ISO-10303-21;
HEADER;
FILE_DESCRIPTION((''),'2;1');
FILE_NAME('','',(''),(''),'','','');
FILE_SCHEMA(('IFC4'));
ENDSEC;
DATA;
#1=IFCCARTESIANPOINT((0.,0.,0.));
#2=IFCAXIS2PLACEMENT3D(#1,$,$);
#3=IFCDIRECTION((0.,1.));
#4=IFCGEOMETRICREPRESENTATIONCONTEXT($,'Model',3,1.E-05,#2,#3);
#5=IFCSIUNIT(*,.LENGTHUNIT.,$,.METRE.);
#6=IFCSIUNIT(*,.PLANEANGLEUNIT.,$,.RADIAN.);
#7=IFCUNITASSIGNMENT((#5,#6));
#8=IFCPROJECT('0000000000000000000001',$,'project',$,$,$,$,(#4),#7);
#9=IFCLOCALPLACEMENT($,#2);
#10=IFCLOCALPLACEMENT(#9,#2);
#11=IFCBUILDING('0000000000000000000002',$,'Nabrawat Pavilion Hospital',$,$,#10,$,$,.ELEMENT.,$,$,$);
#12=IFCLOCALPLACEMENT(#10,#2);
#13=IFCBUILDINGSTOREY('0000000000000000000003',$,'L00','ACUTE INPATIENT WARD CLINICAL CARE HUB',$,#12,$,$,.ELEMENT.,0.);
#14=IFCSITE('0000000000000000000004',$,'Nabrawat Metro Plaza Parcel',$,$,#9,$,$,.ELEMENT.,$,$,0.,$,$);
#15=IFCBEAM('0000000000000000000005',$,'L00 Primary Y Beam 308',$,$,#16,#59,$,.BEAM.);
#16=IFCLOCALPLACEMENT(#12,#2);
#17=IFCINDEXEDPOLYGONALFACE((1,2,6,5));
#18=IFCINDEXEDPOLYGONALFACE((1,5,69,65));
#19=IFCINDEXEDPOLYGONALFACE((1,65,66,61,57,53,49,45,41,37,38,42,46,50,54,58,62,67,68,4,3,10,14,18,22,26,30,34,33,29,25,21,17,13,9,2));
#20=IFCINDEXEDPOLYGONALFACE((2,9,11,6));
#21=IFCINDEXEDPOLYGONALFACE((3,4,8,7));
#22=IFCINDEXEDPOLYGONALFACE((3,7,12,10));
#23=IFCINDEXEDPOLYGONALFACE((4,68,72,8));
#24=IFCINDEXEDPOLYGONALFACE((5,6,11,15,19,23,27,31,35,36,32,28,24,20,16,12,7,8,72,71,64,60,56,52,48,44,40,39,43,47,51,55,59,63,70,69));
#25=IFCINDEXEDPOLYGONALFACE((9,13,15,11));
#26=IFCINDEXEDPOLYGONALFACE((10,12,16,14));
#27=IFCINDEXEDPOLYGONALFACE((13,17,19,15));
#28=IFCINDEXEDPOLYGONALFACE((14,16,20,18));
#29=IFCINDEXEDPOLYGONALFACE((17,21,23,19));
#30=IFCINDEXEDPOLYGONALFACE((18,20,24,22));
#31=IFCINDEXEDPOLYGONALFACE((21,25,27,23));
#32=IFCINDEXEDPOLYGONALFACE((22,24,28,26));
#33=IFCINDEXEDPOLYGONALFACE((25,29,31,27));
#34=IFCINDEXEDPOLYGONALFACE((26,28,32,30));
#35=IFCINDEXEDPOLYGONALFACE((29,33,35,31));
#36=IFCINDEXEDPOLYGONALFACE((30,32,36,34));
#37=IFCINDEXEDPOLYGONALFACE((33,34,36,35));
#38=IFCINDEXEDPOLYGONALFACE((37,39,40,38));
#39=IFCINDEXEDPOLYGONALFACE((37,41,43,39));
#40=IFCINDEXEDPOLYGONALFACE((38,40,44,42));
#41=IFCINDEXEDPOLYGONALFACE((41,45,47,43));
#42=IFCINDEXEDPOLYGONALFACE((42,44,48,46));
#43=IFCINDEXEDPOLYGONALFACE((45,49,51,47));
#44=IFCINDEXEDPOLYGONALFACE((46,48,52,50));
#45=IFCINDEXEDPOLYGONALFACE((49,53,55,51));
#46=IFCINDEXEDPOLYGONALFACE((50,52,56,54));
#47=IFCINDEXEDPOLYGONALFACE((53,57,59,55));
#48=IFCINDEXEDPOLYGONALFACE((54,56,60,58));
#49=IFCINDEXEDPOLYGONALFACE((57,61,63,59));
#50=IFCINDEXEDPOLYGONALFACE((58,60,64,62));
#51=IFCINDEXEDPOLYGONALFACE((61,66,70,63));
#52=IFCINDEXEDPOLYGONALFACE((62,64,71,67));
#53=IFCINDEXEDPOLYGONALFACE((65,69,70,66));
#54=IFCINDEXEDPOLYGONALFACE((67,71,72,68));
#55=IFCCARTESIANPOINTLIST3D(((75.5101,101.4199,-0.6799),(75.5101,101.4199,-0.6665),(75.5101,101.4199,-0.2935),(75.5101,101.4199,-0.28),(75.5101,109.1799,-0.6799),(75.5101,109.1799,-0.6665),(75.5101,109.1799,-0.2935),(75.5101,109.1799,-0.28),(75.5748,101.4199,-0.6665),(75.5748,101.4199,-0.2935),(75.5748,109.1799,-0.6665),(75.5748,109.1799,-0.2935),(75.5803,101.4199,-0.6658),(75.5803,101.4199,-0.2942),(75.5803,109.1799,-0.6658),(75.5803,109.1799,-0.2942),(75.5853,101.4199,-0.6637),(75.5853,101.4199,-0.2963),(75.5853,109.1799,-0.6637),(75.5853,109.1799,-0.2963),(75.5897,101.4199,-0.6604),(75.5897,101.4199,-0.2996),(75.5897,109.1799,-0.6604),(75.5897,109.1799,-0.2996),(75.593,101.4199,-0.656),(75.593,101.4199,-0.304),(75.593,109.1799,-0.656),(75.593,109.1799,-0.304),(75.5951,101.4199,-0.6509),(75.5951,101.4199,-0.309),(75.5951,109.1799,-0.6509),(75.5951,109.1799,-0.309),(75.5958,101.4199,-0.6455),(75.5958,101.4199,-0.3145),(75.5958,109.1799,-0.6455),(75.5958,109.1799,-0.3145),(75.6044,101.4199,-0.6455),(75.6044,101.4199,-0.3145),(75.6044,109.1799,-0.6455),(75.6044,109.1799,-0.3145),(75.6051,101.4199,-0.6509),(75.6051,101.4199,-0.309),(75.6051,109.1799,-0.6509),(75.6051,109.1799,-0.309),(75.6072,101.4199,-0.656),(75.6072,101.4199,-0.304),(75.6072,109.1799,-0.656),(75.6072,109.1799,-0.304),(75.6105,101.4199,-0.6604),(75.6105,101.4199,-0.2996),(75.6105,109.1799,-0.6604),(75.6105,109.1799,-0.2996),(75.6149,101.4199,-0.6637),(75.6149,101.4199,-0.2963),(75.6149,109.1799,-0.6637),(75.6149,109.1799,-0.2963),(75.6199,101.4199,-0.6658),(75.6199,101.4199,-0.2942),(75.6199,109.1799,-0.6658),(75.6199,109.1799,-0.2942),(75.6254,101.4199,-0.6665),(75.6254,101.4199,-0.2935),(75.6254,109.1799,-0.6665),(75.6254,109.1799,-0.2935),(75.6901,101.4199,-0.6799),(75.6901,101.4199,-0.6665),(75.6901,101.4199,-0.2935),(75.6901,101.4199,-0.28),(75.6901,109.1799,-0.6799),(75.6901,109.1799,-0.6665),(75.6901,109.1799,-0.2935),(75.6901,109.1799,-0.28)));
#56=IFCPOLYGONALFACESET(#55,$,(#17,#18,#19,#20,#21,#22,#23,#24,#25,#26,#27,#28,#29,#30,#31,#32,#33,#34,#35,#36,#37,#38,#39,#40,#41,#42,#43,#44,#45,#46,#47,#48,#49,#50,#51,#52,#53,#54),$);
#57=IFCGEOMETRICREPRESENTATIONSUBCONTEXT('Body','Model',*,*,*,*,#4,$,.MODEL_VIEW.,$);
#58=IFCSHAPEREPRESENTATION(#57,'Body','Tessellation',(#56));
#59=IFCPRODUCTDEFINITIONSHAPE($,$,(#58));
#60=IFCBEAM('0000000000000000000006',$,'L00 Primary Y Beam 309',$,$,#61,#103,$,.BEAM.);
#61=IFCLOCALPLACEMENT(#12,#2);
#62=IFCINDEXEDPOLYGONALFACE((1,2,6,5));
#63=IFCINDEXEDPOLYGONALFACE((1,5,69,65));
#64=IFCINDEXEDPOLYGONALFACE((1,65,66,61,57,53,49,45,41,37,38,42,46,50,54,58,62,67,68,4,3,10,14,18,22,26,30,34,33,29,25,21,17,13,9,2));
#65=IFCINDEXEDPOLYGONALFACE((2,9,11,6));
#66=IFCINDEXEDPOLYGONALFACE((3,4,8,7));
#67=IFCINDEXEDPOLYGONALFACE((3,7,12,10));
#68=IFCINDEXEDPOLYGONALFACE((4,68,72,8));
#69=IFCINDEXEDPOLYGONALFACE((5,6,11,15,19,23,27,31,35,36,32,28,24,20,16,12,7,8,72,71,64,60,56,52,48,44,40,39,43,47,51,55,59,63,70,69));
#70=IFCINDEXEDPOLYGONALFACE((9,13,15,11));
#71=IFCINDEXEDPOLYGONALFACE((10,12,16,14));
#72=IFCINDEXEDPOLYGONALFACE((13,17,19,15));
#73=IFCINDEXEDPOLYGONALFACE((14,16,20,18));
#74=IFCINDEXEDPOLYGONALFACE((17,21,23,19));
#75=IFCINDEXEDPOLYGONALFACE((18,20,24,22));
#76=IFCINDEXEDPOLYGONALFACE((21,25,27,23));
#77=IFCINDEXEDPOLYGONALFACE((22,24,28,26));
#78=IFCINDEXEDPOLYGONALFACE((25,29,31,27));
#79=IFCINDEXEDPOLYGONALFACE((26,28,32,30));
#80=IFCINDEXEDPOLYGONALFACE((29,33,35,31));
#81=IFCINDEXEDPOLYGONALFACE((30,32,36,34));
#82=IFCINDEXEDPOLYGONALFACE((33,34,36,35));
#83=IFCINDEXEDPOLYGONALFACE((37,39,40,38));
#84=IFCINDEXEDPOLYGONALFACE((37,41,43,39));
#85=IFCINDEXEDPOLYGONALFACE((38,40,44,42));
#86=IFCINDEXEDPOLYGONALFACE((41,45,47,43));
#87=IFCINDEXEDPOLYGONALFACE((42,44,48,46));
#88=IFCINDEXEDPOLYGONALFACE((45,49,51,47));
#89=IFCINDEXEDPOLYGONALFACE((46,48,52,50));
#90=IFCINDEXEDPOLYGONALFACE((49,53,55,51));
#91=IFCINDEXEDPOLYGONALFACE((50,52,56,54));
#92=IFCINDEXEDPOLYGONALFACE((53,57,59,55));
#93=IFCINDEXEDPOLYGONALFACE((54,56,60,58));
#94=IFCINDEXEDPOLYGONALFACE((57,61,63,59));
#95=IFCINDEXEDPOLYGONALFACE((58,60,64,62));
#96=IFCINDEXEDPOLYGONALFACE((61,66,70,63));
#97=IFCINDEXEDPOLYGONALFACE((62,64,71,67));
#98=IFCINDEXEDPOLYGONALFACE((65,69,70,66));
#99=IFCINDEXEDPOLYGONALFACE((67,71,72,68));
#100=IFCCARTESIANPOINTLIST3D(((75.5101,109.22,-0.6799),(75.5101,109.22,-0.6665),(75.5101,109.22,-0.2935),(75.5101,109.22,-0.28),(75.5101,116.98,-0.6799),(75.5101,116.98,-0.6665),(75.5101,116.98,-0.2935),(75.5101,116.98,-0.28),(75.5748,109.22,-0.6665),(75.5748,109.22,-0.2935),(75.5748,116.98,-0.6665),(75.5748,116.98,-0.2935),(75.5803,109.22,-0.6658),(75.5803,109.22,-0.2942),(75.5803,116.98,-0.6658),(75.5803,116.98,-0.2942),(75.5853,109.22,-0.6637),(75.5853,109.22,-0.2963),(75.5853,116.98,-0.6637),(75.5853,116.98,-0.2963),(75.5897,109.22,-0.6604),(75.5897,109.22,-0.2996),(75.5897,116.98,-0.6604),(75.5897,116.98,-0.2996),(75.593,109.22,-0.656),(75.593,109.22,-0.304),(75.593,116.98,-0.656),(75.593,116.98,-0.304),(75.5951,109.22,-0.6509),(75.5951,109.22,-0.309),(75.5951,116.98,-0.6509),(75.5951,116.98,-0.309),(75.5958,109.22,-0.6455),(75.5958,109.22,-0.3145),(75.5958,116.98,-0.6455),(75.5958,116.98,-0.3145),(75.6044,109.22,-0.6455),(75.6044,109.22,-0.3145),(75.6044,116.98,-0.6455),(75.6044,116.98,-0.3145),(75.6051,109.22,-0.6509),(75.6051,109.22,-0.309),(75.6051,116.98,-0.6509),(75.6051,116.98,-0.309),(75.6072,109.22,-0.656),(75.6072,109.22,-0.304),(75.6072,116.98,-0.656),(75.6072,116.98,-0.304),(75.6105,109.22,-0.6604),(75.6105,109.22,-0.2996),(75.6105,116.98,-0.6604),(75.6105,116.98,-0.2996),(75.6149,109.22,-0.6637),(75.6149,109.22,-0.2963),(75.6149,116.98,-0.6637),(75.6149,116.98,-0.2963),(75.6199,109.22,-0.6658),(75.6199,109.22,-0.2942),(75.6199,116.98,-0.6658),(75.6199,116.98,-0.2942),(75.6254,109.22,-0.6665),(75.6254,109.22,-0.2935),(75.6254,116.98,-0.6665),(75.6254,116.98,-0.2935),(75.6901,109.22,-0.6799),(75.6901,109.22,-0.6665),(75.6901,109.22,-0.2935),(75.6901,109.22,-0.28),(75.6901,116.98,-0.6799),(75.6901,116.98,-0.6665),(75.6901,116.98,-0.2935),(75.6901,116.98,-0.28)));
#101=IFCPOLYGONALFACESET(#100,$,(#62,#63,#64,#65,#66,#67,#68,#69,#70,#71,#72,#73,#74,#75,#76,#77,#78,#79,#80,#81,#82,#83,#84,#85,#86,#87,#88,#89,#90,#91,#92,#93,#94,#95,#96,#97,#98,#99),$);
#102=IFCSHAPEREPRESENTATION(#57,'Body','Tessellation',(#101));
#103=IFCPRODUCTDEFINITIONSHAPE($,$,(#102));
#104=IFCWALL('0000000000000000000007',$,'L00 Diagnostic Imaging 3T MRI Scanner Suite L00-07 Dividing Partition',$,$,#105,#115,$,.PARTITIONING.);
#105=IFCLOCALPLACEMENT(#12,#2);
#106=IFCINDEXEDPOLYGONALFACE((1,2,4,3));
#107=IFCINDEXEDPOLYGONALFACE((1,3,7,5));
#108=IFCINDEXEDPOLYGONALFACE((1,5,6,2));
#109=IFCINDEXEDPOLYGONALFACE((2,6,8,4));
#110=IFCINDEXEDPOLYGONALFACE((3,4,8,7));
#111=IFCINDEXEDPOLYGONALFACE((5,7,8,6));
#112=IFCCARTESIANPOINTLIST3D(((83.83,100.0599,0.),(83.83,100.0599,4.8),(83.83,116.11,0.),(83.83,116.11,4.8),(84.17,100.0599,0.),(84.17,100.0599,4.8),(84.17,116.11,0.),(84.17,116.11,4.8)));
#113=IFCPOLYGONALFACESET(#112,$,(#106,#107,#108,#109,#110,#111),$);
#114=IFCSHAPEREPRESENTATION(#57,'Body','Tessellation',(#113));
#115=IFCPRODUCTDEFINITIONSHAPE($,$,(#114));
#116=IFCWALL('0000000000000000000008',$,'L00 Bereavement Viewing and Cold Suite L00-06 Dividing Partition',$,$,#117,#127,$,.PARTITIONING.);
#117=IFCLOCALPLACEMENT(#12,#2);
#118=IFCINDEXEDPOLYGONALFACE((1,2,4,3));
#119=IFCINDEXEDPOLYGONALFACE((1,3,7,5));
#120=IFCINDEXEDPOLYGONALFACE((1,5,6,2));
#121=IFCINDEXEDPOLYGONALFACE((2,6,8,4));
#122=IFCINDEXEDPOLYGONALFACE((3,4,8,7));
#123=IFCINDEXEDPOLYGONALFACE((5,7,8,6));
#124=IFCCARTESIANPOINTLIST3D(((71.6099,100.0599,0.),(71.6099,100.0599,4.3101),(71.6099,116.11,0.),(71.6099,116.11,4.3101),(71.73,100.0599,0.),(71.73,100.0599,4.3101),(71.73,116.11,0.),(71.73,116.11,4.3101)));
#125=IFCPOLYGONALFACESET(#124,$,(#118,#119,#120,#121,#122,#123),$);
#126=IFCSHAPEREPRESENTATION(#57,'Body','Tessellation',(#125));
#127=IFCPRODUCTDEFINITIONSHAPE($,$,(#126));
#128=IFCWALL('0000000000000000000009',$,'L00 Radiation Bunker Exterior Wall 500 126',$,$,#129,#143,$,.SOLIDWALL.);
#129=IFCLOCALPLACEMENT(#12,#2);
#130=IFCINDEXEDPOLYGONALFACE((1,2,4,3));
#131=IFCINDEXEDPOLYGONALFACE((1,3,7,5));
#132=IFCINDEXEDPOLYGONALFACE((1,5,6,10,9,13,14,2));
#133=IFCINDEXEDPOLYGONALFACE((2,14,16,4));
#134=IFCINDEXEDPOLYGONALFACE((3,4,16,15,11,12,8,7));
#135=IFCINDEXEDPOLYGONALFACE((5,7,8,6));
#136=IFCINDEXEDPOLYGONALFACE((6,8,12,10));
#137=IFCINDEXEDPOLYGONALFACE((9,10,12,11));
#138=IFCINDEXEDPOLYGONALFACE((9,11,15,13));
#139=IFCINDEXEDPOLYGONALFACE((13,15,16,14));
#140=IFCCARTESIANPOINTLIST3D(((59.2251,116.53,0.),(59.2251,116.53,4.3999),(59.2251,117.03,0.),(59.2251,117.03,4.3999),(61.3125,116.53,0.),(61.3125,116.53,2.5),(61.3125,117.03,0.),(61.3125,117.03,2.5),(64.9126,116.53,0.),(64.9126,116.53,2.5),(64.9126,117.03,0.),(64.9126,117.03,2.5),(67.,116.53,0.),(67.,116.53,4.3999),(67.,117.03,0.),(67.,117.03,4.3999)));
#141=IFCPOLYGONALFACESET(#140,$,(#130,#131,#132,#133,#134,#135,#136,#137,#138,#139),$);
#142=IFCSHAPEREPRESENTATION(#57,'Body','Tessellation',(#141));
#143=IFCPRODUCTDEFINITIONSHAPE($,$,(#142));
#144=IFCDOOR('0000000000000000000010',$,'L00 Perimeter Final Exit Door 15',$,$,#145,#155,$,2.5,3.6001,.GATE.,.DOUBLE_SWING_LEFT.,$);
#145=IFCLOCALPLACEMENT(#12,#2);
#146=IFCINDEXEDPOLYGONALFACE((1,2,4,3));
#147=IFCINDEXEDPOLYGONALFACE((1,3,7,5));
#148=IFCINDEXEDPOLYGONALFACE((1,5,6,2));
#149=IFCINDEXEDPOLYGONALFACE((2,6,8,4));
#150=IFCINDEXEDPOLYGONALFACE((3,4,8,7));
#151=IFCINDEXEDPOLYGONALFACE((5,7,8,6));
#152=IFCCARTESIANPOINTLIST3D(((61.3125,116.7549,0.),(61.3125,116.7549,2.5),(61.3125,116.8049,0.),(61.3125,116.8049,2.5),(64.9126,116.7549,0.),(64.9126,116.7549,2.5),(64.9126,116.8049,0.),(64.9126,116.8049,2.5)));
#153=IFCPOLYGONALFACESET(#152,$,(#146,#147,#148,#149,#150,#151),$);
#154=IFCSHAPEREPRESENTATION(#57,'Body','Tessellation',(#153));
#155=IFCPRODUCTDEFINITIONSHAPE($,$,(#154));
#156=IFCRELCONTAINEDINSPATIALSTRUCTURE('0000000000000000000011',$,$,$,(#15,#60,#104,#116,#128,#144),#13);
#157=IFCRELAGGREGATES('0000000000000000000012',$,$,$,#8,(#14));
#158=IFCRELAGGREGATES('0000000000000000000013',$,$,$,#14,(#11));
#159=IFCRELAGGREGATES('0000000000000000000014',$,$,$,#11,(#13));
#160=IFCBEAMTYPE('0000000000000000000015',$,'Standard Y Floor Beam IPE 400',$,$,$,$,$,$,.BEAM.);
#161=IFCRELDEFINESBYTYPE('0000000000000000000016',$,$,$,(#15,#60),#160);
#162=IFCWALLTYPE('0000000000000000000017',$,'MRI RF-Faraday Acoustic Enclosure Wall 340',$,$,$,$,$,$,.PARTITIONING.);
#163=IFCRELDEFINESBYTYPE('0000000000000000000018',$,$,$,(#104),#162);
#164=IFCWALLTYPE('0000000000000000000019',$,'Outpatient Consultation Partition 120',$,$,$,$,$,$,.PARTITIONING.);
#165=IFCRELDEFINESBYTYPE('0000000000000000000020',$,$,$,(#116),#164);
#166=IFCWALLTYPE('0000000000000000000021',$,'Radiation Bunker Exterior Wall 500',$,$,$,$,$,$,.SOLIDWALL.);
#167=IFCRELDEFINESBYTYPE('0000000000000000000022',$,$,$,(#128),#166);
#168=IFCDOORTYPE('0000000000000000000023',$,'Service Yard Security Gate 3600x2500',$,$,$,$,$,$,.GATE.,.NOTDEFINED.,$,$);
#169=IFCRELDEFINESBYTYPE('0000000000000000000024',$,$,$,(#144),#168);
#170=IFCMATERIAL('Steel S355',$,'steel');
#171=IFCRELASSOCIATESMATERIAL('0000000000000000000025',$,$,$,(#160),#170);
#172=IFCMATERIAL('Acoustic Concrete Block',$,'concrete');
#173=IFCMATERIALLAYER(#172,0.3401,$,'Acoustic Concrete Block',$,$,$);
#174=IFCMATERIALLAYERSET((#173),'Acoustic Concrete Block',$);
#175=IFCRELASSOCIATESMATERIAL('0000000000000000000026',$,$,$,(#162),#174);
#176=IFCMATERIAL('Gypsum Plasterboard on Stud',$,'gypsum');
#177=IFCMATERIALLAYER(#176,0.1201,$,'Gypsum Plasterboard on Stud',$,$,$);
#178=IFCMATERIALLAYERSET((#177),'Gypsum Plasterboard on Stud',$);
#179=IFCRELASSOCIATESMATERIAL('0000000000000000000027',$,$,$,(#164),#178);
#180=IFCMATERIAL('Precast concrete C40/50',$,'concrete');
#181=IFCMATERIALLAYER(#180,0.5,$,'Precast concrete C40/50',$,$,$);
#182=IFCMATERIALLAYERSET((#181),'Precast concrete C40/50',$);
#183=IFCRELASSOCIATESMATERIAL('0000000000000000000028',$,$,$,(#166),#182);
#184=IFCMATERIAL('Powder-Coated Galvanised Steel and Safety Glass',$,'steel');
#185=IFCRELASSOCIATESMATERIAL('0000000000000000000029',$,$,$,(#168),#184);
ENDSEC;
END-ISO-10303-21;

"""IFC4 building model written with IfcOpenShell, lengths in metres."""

from ifc_helpers import new_model, si_unit, direction, frame, frame_2d, origin, origin_2d, place, context, subcontext, project, spatial, rectangle, i_section, extrude, material, layer, layer_set, material_profile, profile_set, type_object, element, fill, save


model = new_model("IFC4")

# Units and contexts
model_context = context("Model", 3, precision=1e-05, world=origin(), true_north=direction((0.0, 1.0)))
body_context = subcontext(model_context, "Body", "Model", "MODEL_VIEW")
ifc_project = project(units=[si_unit("LENGTHUNIT", "METRE"), si_unit("PLANEANGLEUNIT", "RADIAN")], contexts=[model_context])

# Site, building, storey
site_placement = place(None, origin())
site = spatial("IfcSite", under=ifc_project, at=site_placement, Name="Nabrawat Metro Plaza Parcel", CompositionType="ELEMENT", RefElevation=0.0)
building_placement = place(site_placement, origin())
building = spatial("IfcBuilding", under=site, at=building_placement, Name="Nabrawat Pavilion Hospital", CompositionType="ELEMENT")
storey_placement = place(building_placement, origin())
storey = spatial("IfcBuildingStorey", under=building, at=storey_placement, Name="L00", Description="ACUTE INPATIENT WARD CLINICAL CARE HUB", CompositionType="ELEMENT", Elevation=0.0)

# Shared definitions
ifc_material_1 = material(Name="Steel S355", Category="steel")

# Beams
ifc_material_profile_1 = material_profile(ifc_material_1, i_section(OverallWidth=0.1799, OverallDepth=0.3999, WebThickness=0.0085, FlangeThickness=0.0134, FilletRadius=0.021, at=origin_2d()), Name="IPE 400")
ifc_profile_set_1 = profile_set([ifc_material_profile_1], Name="Steel S355")
beam_type_1 = type_object("IfcBeamType", Name="Standard Y Floor Beam IPE 400", PredefinedType="BEAM", material=ifc_profile_set_1)
for number, where, z_axis, x_axis, name in (
    (1, (75.6001, 101.4199, -0.48), (0.0, 1.0, 0.0), (-1.0, 0.0, 0.0), "L00 Primary Y Beam 308"),
    (2, (75.6001, 109.22, -0.48), (0.0, 1.0, 0.0), (-1.0, 0.0, 0.0), "L00 Primary Y Beam 309"),
):
    element("IfcBeam", number, at=place(storey_placement, frame(where, z_axis=z_axis, x_axis=x_axis)), inside=storey, type_object=beam_type_1, Name=name, PredefinedType="BEAM", context=body_context, shape_type="SweptSolid", body=[
        extrude(i_section(OverallWidth=0.1799, OverallDepth=0.3999, WebThickness=0.0085, FlangeThickness=0.0134, FilletRadius=0.021, at=origin_2d()), origin(), (0.0, 0.0, 1.0), 7.76),
    ])

# Walls
ifc_material_2 = material(Name="Acoustic Concrete Block", Category="concrete")
ifc_layer_1 = layer(ifc_material_2, 0.3401, Name="Acoustic Concrete Block")
ifc_layer_set_1 = layer_set([ifc_layer_1], Name="Acoustic Concrete Block")
wall_type_1 = type_object("IfcWallType", Name="MRI RF-Faraday Acoustic Enclosure Wall 340", PredefinedType="PARTITIONING", material=ifc_layer_set_1)
wall_1_placement = place(storey_placement, frame((84.0, 100.0601, 0.0), z_axis=(0.0, 0.0, 1.0), x_axis=(0.0, 1.0, 0.0)))
element("IfcWall", 3, at=wall_1_placement, inside=storey, type_object=wall_type_1, Name="L00 Diagnostic Imaging 3T MRI Scanner Suite L00-07 Dividing Partition", PredefinedType="PARTITIONING", context=body_context, shape_type="SweptSolid", body=[
    extrude(rectangle(XDim=16.05, YDim=0.3401, at=frame_2d((8.0249, 0.0))), origin(), (0.0, 0.0, 1.0), 4.8),
])
ifc_material_3 = material(Name="Gypsum Plasterboard on Stud", Category="gypsum")
ifc_layer_2 = layer(ifc_material_3, 0.1201, Name="Gypsum Plasterboard on Stud")
ifc_layer_set_2 = layer_set([ifc_layer_2], Name="Gypsum Plasterboard on Stud")
wall_type_2 = type_object("IfcWallType", Name="Outpatient Consultation Partition 120", PredefinedType="PARTITIONING", material=ifc_layer_set_2)
wall_2_placement = place(storey_placement, frame((71.6699, 100.0601, 0.0), z_axis=(0.0, 0.0, 1.0), x_axis=(0.0, 1.0, 0.0)))
element("IfcWall", 4, at=wall_2_placement, inside=storey, type_object=wall_type_2, Name="L00 Bereavement Viewing and Cold Suite L00-06 Dividing Partition", PredefinedType="PARTITIONING", context=body_context, shape_type="SweptSolid", body=[
    extrude(rectangle(XDim=16.05, YDim=0.1201, at=frame_2d((8.0249, 0.0))), origin(), (0.0, 0.0, 1.0), 4.3101),
])

# Wall, opening, door
ifc_material_4 = material(Name="Precast concrete C40/50", Category="concrete")
ifc_layer_3 = layer(ifc_material_4, 0.5, Name="Precast concrete C40/50")
ifc_layer_set_3 = layer_set([ifc_layer_3], Name="Precast concrete C40/50")
wall_type_3 = type_object("IfcWallType", Name="Radiation Bunker Exterior Wall 500", PredefinedType="SOLIDWALL", material=ifc_layer_set_3)
wall_3_placement = place(storey_placement, frame((59.2251, 116.78, 0.0), z_axis=(0.0, 0.0, 1.0), x_axis=(1.0, 0.0, 0.0)))
wall_3 = element("IfcWall", 5, at=wall_3_placement, inside=storey, type_object=wall_type_3, Name="L00 Radiation Bunker Exterior Wall 500 126", PredefinedType="SOLIDWALL", context=body_context, shape_type="SweptSolid", body=[
    extrude(rectangle(XDim=7.7749, YDim=0.5, at=frame_2d((3.8875, 0.0))), origin(), (0.0, 0.0, 1.0), 4.3999),
])
opening_1_placement = place(wall_3_placement, frame((2.0874, 0.0, 0.0)))
opening_1 = element("IfcOpeningElement", 6, at=opening_1_placement, cuts=wall_3, PredefinedType="OPENING", context=body_context, shape_type="SweptSolid", body=[
    extrude(rectangle(XDim=3.6001, YDim=2.5, at=frame_2d((1.8, 1.25))), frame((0.0, 0.26, 0.0), z_axis=(0.0, -1.0, 0.0), x_axis=(1.0, 0.0, 0.0)), (0.0, 0.0, 1.0), 0.52),
])
ifc_material_5 = material(Name="Powder-Coated Galvanised Steel and Safety Glass", Category="steel")
door_type_1 = type_object("IfcDoorType", Name="Service Yard Security Gate 3600x2500", OperationType="NOTDEFINED", PredefinedType="GATE", material=ifc_material_5)
door_1_placement = place(opening_1_placement, origin())
door_1 = element("IfcDoor", 7, at=door_1_placement, inside=storey, type_object=door_type_1, Name="L00 Perimeter Final Exit Door 15", OperationType="DOUBLE_SWING_LEFT", OverallHeight=2.5, OverallWidth=3.6001, PredefinedType="GATE", context=body_context, shape_type="SweptSolid", body=[
    extrude(rectangle(XDim=3.6001, YDim=2.5, at=frame_2d((1.8, 1.25))), frame((0.0, 0.0249, 0.0), z_axis=(0.0, -1.0, 0.0), x_axis=(1.0, 0.0, 0.0)), (0.0, 0.0, 1.0), 0.05),
])
fill(opening_1, door_1)

save(model, "model.ifc")
